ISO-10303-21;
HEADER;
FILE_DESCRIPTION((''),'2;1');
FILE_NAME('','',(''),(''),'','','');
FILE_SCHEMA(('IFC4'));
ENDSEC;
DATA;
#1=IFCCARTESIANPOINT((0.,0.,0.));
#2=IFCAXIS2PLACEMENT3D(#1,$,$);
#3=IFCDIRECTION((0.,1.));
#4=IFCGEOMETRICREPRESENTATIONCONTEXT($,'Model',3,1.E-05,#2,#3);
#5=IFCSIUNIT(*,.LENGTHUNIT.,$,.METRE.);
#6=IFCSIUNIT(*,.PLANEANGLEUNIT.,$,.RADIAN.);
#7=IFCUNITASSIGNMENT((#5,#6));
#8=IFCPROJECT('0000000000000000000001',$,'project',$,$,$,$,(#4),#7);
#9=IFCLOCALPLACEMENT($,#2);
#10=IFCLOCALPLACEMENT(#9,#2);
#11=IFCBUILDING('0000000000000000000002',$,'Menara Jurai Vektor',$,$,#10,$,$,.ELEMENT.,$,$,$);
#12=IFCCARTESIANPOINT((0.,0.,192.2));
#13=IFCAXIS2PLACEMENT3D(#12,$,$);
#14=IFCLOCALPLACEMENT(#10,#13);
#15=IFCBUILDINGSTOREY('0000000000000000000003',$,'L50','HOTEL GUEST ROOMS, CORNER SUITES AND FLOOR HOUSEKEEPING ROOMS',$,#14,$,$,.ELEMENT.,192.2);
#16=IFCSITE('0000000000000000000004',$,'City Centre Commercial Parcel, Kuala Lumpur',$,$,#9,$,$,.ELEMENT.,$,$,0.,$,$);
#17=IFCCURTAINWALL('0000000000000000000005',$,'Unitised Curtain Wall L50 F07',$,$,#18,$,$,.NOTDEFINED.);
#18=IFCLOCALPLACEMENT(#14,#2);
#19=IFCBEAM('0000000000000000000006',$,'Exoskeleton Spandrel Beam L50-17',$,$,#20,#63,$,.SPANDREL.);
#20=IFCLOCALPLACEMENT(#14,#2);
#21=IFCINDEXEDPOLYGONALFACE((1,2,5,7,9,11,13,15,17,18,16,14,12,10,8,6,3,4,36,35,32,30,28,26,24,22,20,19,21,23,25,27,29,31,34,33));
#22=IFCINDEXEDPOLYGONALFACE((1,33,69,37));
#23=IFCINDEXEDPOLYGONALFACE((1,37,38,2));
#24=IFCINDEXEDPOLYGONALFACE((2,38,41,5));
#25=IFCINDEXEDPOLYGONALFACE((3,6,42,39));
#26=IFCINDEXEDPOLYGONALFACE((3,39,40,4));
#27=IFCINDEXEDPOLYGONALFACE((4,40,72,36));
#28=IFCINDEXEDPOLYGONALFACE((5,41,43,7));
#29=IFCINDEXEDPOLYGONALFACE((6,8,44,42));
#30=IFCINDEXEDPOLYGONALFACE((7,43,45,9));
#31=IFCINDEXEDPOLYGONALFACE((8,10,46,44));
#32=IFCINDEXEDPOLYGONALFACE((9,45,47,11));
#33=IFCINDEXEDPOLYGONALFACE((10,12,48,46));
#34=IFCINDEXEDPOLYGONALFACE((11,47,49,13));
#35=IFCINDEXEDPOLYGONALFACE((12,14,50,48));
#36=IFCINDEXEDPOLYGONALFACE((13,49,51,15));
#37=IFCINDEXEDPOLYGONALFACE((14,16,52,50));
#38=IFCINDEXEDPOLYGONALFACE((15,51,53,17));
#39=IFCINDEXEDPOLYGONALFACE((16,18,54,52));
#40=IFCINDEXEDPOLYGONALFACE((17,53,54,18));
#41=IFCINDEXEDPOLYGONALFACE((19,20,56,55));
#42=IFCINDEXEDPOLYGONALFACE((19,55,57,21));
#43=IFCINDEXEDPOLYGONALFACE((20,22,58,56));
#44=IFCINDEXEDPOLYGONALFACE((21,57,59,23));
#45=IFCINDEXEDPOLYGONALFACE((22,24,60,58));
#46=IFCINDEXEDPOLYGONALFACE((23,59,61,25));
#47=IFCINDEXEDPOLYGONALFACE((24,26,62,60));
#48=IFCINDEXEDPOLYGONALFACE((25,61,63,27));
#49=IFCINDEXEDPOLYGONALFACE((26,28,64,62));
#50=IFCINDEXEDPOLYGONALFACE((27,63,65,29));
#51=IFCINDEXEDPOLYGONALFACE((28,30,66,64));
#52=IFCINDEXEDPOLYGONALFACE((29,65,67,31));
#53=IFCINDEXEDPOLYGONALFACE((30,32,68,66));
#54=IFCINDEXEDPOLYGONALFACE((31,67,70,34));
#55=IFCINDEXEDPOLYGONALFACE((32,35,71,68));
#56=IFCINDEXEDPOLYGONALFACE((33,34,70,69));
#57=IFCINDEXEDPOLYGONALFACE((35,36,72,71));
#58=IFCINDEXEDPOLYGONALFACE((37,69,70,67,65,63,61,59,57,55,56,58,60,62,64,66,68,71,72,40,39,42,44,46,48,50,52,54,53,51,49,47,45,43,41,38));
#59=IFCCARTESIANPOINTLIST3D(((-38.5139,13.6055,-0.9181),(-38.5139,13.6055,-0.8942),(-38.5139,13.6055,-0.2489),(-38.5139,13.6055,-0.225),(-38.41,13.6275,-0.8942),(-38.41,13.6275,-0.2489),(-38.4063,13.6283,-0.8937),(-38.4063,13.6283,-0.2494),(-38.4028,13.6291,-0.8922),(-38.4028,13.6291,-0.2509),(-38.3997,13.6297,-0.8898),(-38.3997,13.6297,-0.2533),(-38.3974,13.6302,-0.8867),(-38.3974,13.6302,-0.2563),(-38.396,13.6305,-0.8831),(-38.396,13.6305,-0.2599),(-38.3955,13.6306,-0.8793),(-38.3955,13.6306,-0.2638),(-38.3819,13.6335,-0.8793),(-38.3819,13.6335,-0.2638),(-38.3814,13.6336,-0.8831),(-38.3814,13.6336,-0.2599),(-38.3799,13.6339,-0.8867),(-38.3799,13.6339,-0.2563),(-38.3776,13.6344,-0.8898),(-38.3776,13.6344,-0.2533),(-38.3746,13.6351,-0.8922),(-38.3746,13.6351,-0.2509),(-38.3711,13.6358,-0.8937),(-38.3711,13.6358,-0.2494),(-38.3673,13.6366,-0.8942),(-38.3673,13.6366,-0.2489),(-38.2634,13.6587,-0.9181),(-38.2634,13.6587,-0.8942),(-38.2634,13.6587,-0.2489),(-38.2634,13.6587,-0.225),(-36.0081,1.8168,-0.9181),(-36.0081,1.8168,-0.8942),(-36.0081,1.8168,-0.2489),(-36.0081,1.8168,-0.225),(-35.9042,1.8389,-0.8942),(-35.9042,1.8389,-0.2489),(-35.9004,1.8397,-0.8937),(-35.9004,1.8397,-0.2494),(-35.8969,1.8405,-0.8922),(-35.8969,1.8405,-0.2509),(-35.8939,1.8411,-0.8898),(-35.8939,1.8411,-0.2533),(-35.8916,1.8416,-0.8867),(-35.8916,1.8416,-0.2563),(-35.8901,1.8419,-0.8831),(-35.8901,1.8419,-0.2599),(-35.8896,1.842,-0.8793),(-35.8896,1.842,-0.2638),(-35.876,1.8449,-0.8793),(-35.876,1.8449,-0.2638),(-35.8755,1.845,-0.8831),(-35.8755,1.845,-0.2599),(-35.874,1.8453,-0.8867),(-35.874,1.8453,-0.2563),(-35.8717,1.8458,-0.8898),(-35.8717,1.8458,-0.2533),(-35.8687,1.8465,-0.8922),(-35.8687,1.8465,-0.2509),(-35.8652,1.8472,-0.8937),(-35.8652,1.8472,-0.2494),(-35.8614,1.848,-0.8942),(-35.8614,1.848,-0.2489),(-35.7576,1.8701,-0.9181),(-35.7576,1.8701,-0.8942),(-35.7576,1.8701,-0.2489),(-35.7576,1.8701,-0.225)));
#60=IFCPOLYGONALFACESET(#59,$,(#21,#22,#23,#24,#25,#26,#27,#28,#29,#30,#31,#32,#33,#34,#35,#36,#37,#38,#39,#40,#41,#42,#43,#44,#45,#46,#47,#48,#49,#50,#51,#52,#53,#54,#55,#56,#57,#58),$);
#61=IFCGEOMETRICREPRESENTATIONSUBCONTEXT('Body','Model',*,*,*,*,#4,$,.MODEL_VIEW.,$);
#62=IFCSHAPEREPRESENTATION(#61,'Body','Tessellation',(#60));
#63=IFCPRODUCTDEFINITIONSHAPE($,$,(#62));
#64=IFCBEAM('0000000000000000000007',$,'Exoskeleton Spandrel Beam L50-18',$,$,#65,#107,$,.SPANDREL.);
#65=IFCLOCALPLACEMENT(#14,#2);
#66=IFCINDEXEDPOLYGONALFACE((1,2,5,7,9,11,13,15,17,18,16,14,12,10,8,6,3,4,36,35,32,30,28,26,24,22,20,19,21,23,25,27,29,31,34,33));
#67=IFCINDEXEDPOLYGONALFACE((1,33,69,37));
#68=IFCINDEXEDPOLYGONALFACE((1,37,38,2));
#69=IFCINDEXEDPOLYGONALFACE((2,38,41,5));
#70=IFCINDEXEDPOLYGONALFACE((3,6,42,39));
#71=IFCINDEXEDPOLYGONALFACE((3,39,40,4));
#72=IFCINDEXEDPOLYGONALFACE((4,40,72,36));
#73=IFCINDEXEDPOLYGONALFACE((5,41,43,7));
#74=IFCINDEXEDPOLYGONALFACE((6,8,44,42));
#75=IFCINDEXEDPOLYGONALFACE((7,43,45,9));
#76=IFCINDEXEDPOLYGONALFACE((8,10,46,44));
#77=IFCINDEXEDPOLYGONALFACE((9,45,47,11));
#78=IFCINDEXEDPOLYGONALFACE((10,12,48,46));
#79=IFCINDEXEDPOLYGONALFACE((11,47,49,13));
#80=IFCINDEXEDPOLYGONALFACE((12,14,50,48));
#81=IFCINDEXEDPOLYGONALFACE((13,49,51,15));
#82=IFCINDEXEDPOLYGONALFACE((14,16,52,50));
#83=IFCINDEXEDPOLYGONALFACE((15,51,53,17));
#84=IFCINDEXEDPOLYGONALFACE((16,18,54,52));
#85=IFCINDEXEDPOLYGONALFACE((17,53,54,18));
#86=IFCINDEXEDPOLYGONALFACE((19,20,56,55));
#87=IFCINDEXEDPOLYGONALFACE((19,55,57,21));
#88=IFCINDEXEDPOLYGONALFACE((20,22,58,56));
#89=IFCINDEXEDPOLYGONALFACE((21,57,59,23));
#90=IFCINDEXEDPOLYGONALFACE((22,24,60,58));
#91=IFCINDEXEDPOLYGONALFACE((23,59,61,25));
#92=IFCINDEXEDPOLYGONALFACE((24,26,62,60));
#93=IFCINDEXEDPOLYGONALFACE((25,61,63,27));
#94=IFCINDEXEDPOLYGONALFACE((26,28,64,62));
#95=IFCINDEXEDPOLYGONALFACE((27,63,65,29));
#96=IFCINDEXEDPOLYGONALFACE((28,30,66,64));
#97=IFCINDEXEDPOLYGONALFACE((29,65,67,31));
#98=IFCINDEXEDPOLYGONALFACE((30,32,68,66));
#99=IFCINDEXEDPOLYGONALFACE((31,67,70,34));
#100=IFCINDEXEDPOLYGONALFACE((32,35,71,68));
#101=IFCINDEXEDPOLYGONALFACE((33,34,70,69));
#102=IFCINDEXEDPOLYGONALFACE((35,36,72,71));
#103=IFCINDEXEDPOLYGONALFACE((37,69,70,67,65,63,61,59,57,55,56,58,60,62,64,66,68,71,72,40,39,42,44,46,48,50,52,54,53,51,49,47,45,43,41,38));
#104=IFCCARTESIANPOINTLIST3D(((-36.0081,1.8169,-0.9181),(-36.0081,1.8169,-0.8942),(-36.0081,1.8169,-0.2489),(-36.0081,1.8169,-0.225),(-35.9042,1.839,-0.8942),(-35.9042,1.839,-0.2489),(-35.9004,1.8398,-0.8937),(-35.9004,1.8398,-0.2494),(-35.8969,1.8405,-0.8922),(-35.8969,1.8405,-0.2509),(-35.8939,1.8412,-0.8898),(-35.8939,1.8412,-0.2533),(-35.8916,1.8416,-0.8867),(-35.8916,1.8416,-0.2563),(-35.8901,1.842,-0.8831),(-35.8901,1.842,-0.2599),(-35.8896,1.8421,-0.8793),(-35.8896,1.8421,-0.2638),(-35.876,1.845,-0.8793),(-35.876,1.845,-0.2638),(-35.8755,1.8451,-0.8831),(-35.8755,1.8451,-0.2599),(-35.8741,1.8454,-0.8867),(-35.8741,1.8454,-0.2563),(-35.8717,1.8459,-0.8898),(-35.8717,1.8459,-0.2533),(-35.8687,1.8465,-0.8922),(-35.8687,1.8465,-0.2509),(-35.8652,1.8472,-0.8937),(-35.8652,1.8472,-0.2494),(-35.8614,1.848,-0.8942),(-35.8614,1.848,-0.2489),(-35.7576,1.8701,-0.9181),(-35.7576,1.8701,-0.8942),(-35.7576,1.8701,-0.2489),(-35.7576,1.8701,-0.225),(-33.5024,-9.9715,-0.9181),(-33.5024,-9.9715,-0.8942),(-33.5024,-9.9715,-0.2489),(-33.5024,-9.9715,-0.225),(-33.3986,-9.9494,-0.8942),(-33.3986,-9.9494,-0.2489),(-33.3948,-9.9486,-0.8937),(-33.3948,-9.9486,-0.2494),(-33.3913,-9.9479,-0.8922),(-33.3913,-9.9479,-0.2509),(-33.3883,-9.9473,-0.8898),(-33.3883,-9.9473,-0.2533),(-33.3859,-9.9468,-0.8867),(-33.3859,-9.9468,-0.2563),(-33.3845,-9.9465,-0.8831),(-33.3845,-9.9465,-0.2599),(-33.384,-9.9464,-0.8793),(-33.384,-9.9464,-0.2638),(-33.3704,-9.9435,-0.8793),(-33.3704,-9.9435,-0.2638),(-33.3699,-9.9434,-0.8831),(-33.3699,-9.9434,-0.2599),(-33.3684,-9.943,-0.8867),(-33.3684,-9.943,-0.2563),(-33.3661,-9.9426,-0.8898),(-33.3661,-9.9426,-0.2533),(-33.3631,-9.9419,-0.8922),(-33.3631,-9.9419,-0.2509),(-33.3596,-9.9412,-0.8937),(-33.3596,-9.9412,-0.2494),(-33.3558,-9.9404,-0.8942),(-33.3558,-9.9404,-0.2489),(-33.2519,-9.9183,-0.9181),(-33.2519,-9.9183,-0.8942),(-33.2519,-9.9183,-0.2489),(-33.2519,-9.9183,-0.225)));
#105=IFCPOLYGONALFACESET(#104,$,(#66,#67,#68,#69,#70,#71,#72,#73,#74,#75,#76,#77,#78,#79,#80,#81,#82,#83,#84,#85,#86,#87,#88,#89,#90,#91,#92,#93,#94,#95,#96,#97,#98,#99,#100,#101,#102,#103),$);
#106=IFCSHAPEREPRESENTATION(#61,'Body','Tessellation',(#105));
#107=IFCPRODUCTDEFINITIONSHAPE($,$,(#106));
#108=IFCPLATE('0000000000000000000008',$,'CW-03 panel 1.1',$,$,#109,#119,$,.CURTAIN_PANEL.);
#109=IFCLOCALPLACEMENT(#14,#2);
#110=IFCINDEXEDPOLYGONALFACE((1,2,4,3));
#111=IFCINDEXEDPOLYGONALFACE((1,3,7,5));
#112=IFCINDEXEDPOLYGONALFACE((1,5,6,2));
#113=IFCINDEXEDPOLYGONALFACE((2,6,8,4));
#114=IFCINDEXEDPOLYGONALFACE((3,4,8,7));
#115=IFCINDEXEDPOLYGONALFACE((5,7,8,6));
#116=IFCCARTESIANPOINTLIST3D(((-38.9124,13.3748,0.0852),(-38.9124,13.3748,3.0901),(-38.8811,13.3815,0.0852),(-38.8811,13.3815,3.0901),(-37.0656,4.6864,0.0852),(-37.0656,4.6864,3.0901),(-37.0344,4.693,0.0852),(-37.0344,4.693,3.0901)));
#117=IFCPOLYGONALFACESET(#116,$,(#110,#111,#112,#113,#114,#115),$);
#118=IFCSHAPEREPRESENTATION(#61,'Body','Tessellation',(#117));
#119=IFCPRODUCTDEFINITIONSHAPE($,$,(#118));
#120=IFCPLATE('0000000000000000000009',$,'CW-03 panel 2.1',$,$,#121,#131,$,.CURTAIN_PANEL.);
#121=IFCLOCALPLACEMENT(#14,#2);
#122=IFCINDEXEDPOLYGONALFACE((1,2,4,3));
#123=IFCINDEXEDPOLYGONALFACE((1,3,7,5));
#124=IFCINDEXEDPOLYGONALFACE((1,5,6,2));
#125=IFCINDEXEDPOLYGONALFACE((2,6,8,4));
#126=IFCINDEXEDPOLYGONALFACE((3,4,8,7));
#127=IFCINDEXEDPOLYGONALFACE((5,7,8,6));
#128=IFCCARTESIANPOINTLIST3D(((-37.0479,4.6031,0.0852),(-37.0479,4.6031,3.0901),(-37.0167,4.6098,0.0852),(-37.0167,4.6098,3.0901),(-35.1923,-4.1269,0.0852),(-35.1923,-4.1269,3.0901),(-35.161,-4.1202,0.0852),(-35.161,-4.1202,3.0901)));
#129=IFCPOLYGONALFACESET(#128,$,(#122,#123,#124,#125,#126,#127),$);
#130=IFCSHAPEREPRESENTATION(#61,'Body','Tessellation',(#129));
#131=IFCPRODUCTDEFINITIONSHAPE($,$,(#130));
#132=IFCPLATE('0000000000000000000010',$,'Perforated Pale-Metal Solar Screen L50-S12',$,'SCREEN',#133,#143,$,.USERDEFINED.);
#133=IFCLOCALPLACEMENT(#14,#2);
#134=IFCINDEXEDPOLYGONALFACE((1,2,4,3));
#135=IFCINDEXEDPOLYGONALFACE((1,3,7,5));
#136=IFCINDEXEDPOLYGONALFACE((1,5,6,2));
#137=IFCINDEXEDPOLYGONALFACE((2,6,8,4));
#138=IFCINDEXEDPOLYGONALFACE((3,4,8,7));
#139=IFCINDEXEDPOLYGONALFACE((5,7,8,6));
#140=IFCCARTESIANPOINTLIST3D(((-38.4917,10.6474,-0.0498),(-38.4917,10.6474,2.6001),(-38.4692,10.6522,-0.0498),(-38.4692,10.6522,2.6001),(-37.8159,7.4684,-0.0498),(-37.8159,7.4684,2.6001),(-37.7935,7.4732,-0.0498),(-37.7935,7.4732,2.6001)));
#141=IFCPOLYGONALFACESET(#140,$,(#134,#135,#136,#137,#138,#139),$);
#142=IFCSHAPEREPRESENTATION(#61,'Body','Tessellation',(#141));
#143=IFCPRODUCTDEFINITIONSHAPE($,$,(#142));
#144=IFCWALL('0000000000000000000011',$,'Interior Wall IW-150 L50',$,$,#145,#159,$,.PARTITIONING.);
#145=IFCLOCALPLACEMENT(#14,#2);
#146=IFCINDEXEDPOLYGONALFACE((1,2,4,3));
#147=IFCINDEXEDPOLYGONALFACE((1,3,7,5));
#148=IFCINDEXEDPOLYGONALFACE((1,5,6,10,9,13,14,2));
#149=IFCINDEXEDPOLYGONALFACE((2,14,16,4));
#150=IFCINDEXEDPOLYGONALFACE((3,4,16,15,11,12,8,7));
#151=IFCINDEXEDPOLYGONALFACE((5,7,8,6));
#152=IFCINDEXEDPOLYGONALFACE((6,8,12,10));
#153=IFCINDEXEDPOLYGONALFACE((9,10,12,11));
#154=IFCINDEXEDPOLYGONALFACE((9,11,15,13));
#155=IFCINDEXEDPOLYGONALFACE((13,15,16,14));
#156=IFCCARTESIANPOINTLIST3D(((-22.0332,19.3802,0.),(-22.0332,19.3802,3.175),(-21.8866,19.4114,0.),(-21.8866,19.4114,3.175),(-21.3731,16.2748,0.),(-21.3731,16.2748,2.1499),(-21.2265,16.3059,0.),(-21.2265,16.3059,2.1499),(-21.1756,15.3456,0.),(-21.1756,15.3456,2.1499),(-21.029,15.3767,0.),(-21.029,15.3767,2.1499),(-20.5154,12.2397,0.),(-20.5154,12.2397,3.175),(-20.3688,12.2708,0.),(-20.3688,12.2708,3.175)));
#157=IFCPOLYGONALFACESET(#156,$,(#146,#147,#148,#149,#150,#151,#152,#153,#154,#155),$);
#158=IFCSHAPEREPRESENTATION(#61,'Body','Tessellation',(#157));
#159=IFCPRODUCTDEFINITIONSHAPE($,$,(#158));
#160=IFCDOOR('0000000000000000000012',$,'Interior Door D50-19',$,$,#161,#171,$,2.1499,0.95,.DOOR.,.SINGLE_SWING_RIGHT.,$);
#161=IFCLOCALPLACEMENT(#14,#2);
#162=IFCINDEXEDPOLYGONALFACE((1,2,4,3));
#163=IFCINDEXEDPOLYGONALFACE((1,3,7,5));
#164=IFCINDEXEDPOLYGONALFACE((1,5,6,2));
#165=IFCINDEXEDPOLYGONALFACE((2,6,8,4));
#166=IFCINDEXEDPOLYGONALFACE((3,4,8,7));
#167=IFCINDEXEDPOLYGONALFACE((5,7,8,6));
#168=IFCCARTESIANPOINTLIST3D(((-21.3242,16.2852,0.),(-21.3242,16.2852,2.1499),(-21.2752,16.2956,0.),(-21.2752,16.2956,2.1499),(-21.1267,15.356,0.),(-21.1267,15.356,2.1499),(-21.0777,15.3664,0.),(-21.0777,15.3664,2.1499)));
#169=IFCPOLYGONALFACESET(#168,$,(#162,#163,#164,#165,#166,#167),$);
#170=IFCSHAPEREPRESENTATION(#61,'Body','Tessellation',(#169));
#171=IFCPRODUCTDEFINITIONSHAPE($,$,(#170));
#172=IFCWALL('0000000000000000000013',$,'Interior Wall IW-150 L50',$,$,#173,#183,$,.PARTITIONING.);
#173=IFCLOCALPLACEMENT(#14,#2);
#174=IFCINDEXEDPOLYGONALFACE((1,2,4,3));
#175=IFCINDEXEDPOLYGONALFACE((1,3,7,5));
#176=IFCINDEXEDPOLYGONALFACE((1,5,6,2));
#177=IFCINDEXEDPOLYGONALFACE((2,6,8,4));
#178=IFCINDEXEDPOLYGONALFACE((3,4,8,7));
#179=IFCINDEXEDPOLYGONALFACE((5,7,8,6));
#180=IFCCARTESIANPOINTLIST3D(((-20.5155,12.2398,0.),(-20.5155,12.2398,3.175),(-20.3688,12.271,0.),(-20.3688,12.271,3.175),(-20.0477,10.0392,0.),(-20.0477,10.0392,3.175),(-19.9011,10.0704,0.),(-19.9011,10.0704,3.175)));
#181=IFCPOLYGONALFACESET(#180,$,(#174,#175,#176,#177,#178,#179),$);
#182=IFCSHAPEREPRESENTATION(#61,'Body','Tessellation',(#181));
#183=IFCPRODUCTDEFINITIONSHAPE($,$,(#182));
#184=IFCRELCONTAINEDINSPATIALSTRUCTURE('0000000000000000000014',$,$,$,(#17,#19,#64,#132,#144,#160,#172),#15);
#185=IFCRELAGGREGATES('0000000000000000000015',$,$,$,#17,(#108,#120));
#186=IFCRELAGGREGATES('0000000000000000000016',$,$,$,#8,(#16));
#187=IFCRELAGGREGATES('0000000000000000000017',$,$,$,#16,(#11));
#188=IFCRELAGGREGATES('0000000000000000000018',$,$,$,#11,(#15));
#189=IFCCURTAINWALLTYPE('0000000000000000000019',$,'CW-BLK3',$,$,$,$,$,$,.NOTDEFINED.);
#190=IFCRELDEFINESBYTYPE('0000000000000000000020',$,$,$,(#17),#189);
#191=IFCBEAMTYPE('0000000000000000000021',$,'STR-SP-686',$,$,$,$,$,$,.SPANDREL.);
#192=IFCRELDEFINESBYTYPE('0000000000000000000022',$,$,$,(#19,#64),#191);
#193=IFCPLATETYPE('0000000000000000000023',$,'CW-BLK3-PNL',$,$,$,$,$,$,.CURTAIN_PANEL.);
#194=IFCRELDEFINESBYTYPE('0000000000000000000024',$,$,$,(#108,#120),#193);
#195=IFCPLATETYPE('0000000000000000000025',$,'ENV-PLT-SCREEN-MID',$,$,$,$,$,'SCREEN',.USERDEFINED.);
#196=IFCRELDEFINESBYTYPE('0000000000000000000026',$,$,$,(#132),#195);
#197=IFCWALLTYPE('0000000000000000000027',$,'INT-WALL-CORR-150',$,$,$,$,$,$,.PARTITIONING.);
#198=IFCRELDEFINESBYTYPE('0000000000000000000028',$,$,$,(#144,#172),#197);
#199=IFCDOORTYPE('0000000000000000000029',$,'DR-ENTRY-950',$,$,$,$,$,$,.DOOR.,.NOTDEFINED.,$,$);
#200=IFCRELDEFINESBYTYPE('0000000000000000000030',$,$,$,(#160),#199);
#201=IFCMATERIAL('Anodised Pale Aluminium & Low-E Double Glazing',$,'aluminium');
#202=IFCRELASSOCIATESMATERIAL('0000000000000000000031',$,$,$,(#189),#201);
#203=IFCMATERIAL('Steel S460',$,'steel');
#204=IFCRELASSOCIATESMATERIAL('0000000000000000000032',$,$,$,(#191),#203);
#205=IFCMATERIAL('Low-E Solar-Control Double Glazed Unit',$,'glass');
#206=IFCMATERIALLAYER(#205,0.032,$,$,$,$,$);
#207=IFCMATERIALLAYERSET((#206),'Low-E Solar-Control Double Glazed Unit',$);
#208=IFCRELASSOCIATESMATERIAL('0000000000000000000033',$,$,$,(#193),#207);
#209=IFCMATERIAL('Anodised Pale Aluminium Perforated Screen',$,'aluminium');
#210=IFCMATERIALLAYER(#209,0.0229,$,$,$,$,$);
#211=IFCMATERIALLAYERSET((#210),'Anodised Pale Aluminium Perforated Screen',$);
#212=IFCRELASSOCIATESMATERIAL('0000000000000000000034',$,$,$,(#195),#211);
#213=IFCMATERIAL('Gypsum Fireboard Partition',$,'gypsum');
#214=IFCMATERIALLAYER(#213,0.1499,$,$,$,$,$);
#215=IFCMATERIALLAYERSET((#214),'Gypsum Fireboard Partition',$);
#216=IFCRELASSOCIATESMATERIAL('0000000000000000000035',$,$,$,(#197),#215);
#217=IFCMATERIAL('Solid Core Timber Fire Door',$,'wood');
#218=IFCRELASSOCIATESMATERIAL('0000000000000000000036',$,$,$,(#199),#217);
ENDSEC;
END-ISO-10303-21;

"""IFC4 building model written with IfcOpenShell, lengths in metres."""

from ifc_helpers import new_model, si_unit, direction, frame, frame_2d, origin, origin_2d, place, context, subcontext, project, spatial, rectangle, i_section, extrude, material, layer, layer_set, material_profile, profile_set, type_object, element, fill, aggregate, save


model = new_model("IFC4")

# Units and contexts
model_context = context("Model", 3, precision=1e-05, world=origin(), true_north=direction((0.0, 1.0)))
body_context = subcontext(model_context, "Body", "Model", "MODEL_VIEW")
ifc_project = project(units=[si_unit("LENGTHUNIT", "METRE"), si_unit("PLANEANGLEUNIT", "RADIAN")], contexts=[model_context])

# Site, building, storey
site_placement = place(None, origin())
site = spatial("IfcSite", under=ifc_project, at=site_placement, Name="City Centre Commercial Parcel, Kuala Lumpur", CompositionType="ELEMENT", RefElevation=0.0)
building_placement = place(site_placement, origin())
building = spatial("IfcBuilding", under=site, at=building_placement, Name="Menara Jurai Vektor", CompositionType="ELEMENT")
storey_placement = place(building_placement, frame((0.0, 0.0, 192.2)))
storey = spatial("IfcBuildingStorey", under=building, at=storey_placement, Name="L50", Description="HOTEL GUEST ROOMS, CORNER SUITES AND FLOOR HOUSEKEEPING ROOMS", CompositionType="ELEMENT", Elevation=192.2)

# Shared definitions
ifc_material_1 = material(Name="Steel S460", Category="steel")

# Curtain wall
ifc_material_2 = material(Name="Anodised Pale Aluminium & Low-E Double Glazing", Category="aluminium")
curtain_wall_type = type_object("IfcCurtainWallType", Name="CW-BLK3", PredefinedType="NOTDEFINED", material=ifc_material_2)
curtain_wall_placement = place(storey_placement, origin())
curtain_wall = element("IfcCurtainWall", 1, at=curtain_wall_placement, inside=storey, type_object=curtain_wall_type, Name="Unitised Curtain Wall L50 F07", PredefinedType="NOTDEFINED")

# Beams
ifc_material_profile_1 = material_profile(ifc_material_1, i_section(OverallWidth=0.2561, OverallDepth=0.6931, WebThickness=0.0139, FlangeThickness=0.0239, FilletRadius=0.0149, at=origin_2d()), Name="UKB 686x254x170")
ifc_profile_set_1 = profile_set([ifc_material_profile_1], Name="Steel S460")
beam_type_1 = type_object("IfcBeamType", Name="STR-SP-686", PredefinedType="SPANDREL", material=ifc_profile_set_1)
beam_1_placement = place(storey_placement, frame((-38.3887, 13.6321, -0.5715), z_axis=(0.207921, -0.978146, 0.0), x_axis=(0.978146, 0.207921, 0.0)))
element("IfcBeam", 2, at=beam_1_placement, inside=storey, type_object=beam_type_1, Name="Exoskeleton Spandrel Beam L50-17", PredefinedType="SPANDREL", context=body_context, shape_type="SweptSolid", body=[
    extrude(i_section(OverallWidth=0.2561, OverallDepth=0.6931, WebThickness=0.0139, FlangeThickness=0.0239, FilletRadius=0.0149, at=origin_2d()), origin(), (0.0, 0.0, 1.0), 12.052),
])
beam_2_placement = place(storey_placement, frame((-35.8828, 1.8435, -0.5715), z_axis=(0.207906, -0.978149, 0.0), x_axis=(0.978149, 0.207906, 0.0)))
element("IfcBeam", 3, at=beam_2_placement, inside=storey, type_object=beam_type_1, Name="Exoskeleton Spandrel Beam L50-18", PredefinedType="SPANDREL", context=body_context, shape_type="SweptSolid", body=[
    extrude(i_section(OverallWidth=0.2561, OverallDepth=0.6931, WebThickness=0.0139, FlangeThickness=0.0239, FilletRadius=0.0149, at=origin_2d()), origin(), (0.0, 0.0, 1.0), 12.0518),
])

# Plates
ifc_material_3 = material(Name="Low-E Solar-Control Double Glazed Unit", Category="glass")
ifc_layer_1 = layer(ifc_material_3, 0.032)
ifc_layer_set_1 = layer_set([ifc_layer_1], Name="Low-E Solar-Control Double Glazed Unit")
plate_type_1 = type_object("IfcPlateType", Name="CW-BLK3-PNL", PredefinedType="CURTAIN_PANEL", material=ifc_layer_set_1)
plate_1_placement = place(storey_placement, frame((-37.9734, 9.0339, 0.0852), z_axis=(0.0, 0.0, 1.0), x_axis=(0.20791, -0.978148, 0.0)))
plate_1 = element("IfcPlate", 4, at=plate_1_placement, type_object=plate_type_1, Name="CW-03 panel 1.1", PredefinedType="CURTAIN_PANEL", context=body_context, shape_type="SweptSolid", body=[
    extrude(rectangle(XDim=8.8826, YDim=0.032, at=origin_2d()), origin(), (0.0, 0.0, 1.0), 3.0049),
])
plate_2_placement = place(storey_placement, frame((-36.1045, 0.2415, 0.0852), z_axis=(0.0, 0.0, 1.0), x_axis=(0.20791, -0.978148, 0.0)))
plate_2 = element("IfcPlate", 5, at=plate_2_placement, type_object=plate_type_1, Name="CW-03 panel 2.1", PredefinedType="CURTAIN_PANEL", context=body_context, shape_type="SweptSolid", body=[
    extrude(rectangle(XDim=8.925, YDim=0.032, at=origin_2d()), origin(), (0.0, 0.0, 1.0), 3.0049),
])
aggregate(curtain_wall, [plate_1, plate_2])
ifc_material_4 = material(Name="Anodised Pale Aluminium Perforated Screen", Category="aluminium")
ifc_layer_2 = layer(ifc_material_4, 0.0229)
ifc_layer_set_2 = layer_set([ifc_layer_2], Name="Anodised Pale Aluminium Perforated Screen")
plate_type_2 = type_object("IfcPlateType", Name="ENV-PLT-SCREEN-MID", ElementType="SCREEN", PredefinedType="USERDEFINED", material=ifc_layer_set_2)
plate_3_placement = place(storey_placement, frame((-38.1426, 9.0603, -0.0498), z_axis=(0.0, 0.0, 1.0), x_axis=(0.207912, -0.978148, 0.0)))
element("IfcPlate", 6, at=plate_3_placement, inside=storey, type_object=plate_type_2, Name="Perforated Pale-Metal Solar Screen L50-S12", ObjectType="SCREEN", PredefinedType="USERDEFINED", context=body_context, shape_type="SweptSolid", body=[
    extrude(rectangle(XDim=3.25, YDim=0.0229, at=origin_2d()), origin(), (0.0, 0.0, 1.0), 2.6499),
])

# Wall, opening, door
ifc_material_5 = material(Name="Gypsum Fireboard Partition", Category="gypsum")
ifc_layer_3 = layer(ifc_material_5, 0.1499)
ifc_layer_set_3 = layer_set([ifc_layer_3], Name="Gypsum Fireboard Partition")
wall_type = type_object("IfcWallType", Name="INT-WALL-CORR-150", PredefinedType="PARTITIONING", material=ifc_layer_set_3)
wall_1_placement = place(storey_placement, frame((-20.4421, 12.2554, 0.0), z_axis=(0.0, 0.0, 1.0), x_axis=(-0.207916, 0.978147, 0.0)))
wall_1 = element("IfcWall", 7, at=wall_1_placement, inside=storey, type_object=wall_type, Name="Interior Wall IW-150 L50", PredefinedType="PARTITIONING", context=body_context, shape_type="SweptSolid", body=[
    extrude(rectangle(XDim=7.3, YDim=0.1499, at=frame_2d((3.6499, 0.0))), origin(), (0.0, 0.0, 1.0), 3.175),
])
opening_1_placement = place(wall_1_placement, frame((3.175, 0.0, 0.0)))
opening_1 = element("IfcOpeningElement", 8, at=opening_1_placement, cuts=wall_1, PredefinedType="OPENING", context=body_context, shape_type="SweptSolid", body=[
    extrude(rectangle(XDim=0.95, YDim=2.1499, at=frame_2d((0.4751, 1.075))), frame((0.0, 0.085, 0.0), z_axis=(0.0, -1.0, 0.0), x_axis=(1.0, 0.0, 0.0)), (0.0, 0.0, 1.0), 0.1699),
])
ifc_material_6 = material(Name="Solid Core Timber Fire Door", Category="wood")
door_type_1 = type_object("IfcDoorType", Name="DR-ENTRY-950", OperationType="NOTDEFINED", PredefinedType="DOOR", material=ifc_material_6)
door_1_placement = place(opening_1_placement, origin())
door_1 = element("IfcDoor", 9, at=door_1_placement, inside=storey, type_object=door_type_1, Name="Interior Door D50-19", OperationType="SINGLE_SWING_RIGHT", OverallHeight=2.1499, OverallWidth=0.95, PredefinedType="DOOR", context=body_context, shape_type="SweptSolid", body=[
    extrude(rectangle(XDim=0.95, YDim=2.1499, at=frame_2d((0.4751, 1.075))), frame((0.0, 0.0249, 0.0), z_axis=(0.0, -1.0, 0.0), x_axis=(1.0, 0.0, 0.0)), (0.0, 0.0, 1.0), 0.05),
])
fill(opening_1, door_1)

# Wall
wall_2_placement = place(storey_placement, frame((-19.9744, 10.0547, 0.0), z_axis=(0.0, 0.0, 1.0), x_axis=(-0.207913, 0.978147, 0.0)))
element("IfcWall", 10, at=wall_2_placement, inside=storey, type_object=wall_type, Name="Interior Wall IW-150 L50", PredefinedType="PARTITIONING", context=body_context, shape_type="SweptSolid", body=[
    extrude(rectangle(XDim=2.2498, YDim=0.1499, at=frame_2d((1.125, 0.0))), origin(), (0.0, 0.0, 1.0), 3.175),
])

save(model, "model.ifc")
